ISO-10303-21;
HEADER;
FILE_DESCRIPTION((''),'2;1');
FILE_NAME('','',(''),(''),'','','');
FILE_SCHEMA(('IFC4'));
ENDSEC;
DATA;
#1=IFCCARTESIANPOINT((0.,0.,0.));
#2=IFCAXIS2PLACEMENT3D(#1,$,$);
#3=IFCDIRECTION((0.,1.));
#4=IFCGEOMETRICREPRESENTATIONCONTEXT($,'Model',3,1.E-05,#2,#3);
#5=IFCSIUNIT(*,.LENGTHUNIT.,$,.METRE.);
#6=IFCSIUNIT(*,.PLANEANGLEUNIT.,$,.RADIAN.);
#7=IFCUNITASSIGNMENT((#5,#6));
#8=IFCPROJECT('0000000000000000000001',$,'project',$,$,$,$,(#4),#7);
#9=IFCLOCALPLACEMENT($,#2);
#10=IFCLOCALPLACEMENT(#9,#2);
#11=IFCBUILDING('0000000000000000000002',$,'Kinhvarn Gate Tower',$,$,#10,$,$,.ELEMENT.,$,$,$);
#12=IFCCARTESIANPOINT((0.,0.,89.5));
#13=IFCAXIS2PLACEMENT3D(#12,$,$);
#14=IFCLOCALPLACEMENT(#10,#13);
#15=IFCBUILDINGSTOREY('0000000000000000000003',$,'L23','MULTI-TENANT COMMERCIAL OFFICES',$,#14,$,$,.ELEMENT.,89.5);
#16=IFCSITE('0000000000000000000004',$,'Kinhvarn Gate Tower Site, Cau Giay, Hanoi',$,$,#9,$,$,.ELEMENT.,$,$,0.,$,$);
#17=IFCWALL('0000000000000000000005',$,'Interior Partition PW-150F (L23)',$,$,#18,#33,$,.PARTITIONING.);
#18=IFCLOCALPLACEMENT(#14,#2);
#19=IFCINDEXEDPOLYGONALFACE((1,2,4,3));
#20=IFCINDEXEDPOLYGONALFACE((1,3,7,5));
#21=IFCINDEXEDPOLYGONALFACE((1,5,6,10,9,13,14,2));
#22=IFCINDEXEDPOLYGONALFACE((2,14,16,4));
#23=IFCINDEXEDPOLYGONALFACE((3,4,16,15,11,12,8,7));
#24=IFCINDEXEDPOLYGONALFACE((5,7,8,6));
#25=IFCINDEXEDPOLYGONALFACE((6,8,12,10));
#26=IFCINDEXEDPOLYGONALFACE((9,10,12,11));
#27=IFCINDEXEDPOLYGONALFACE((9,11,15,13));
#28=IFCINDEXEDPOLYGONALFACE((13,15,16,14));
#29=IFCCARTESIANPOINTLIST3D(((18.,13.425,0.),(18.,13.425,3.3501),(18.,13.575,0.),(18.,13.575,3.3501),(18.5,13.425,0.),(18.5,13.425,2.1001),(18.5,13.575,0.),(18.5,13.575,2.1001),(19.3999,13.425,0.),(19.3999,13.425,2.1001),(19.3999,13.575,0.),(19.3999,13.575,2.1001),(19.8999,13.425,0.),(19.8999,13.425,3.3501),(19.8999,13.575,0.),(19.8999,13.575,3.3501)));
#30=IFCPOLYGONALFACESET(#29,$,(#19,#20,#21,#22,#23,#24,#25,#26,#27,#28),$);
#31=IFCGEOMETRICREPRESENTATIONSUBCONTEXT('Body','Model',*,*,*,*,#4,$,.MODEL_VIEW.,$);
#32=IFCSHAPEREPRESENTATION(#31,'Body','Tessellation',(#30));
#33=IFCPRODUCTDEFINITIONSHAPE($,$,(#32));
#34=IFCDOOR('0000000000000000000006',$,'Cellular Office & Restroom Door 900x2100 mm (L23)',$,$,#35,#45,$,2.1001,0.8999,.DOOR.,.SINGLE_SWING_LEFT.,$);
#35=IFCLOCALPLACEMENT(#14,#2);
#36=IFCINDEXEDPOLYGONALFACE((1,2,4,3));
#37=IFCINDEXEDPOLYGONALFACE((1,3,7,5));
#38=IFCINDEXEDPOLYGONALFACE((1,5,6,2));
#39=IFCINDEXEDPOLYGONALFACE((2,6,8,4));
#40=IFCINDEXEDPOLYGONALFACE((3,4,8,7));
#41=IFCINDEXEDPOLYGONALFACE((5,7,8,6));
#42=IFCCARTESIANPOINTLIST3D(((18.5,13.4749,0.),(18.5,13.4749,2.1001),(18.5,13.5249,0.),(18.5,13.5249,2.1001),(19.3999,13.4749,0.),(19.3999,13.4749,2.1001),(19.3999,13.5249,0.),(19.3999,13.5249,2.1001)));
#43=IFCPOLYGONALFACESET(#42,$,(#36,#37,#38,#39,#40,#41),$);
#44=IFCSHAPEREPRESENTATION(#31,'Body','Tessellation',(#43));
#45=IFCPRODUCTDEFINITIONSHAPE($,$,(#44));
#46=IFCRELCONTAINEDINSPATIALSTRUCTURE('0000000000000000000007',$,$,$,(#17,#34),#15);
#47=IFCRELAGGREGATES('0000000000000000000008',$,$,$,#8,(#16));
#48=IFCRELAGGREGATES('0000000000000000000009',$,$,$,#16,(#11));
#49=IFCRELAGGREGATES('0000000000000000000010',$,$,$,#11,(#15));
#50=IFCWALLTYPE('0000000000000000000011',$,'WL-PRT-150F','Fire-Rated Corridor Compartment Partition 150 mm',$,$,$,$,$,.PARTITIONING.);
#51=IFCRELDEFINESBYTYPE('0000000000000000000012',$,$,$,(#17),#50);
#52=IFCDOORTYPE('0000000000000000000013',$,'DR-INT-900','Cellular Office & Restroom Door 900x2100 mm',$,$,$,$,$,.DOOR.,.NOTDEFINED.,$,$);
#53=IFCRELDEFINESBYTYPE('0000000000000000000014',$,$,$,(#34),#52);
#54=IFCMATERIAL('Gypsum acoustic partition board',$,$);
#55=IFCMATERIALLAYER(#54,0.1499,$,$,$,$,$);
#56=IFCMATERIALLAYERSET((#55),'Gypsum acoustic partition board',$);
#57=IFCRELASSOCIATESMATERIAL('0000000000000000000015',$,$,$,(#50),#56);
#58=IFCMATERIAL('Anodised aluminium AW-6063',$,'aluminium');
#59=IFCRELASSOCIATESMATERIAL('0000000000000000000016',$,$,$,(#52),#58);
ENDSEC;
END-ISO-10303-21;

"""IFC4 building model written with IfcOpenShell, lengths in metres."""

from ifc_helpers import new_model, si_unit, direction, frame, frame_2d, origin, place, context, subcontext, project, spatial, rectangle, extrude, material, layer, layer_set, type_object, element, fill, save


model = new_model("IFC4")

# Units and contexts
model_context = context("Model", 3, precision=1e-05, world=origin(), true_north=direction((0.0, 1.0)))
body_context = subcontext(model_context, "Body", "Model", "MODEL_VIEW")
ifc_project = project(units=[si_unit("LENGTHUNIT", "METRE"), si_unit("PLANEANGLEUNIT", "RADIAN")], contexts=[model_context])

# Site, building, storey
site_placement = place(None, origin())
site = spatial("IfcSite", under=ifc_project, at=site_placement, Name="Kinhvarn Gate Tower Site, Cau Giay, Hanoi", CompositionType="ELEMENT", RefElevation=0.0)
building_placement = place(site_placement, origin())
building = spatial("IfcBuilding", under=site, at=building_placement, Name="Kinhvarn Gate Tower", CompositionType="ELEMENT")
storey_placement = place(building_placement, frame((0.0, 0.0, 89.5)))
storey = spatial("IfcBuildingStorey", under=building, at=storey_placement, Name="L23", Description="MULTI-TENANT COMMERCIAL OFFICES", CompositionType="ELEMENT", Elevation=89.5)

# Shared definitions
ifc_material_1 = material(Name="Gypsum acoustic partition board")
ifc_material_2 = material(Name="Anodised aluminium AW-6063", Category="aluminium")

# Shared definitions
ifc_layer_1 = layer(ifc_material_1, 0.1499)
ifc_layer_set_1 = layer_set([ifc_layer_1], Name="Gypsum acoustic partition board")
wall_type_1 = type_object("IfcWallType", Name="WL-PRT-150F", Description="Fire-Rated Corridor Compartment Partition 150 mm", PredefinedType="PARTITIONING", material=ifc_layer_set_1)

# Wall, opening, door
wall_1_placement = place(storey_placement, frame((18.0, 13.5, 0.0), z_axis=(0.0, 0.0, 1.0), x_axis=(1.0, 0.0, 0.0)))
wall_1 = element("IfcWall", 1, at=wall_1_placement, inside=storey, type_object=wall_type_1, Name="Interior Partition PW-150F (L23)", PredefinedType="PARTITIONING", context=body_context, shape_type="SweptSolid", body=[
    extrude(rectangle(XDim=1.8999, YDim=0.1499, at=frame_2d((0.95, 0.0))), origin(), (0.0, 0.0, 1.0), 3.3501),
])
opening_1_placement = place(wall_1_placement, frame((0.5, 0.0, 0.0)))
opening_1 = element("IfcOpeningElement", 2, at=opening_1_placement, cuts=wall_1, PredefinedType="OPENING", context=body_context, shape_type="SweptSolid", body=[
    extrude(rectangle(XDim=0.8999, YDim=2.1001, at=frame_2d((0.45, 1.05))), frame((0.0, 0.085, 0.0), z_axis=(0.0, -1.0, 0.0), x_axis=(1.0, 0.0, 0.0)), (0.0, 0.0, 1.0), 0.1699),
])
door_type_1 = type_object("IfcDoorType", Name="DR-INT-900", Description="Cellular Office & Restroom Door 900x2100 mm", OperationType="NOTDEFINED", PredefinedType="DOOR", material=ifc_material_2)
door_1_placement = place(opening_1_placement, origin())
door_1 = element("IfcDoor", 3, at=door_1_placement, inside=storey, type_object=door_type_1, Name="Cellular Office & Restroom Door 900x2100 mm (L23)", OperationType="SINGLE_SWING_LEFT", OverallHeight=2.1001, OverallWidth=0.8999, PredefinedType="DOOR", context=body_context, shape_type="SweptSolid", body=[
    extrude(rectangle(XDim=0.8999, YDim=2.1001, at=frame_2d((0.45, 1.05))), frame((0.0, 0.0249, 0.0), z_axis=(0.0, -1.0, 0.0), x_axis=(1.0, 0.0, 0.0)), (0.0, 0.0, 1.0), 0.05),
])
fill(opening_1, door_1)

save(model, "model.ifc")
